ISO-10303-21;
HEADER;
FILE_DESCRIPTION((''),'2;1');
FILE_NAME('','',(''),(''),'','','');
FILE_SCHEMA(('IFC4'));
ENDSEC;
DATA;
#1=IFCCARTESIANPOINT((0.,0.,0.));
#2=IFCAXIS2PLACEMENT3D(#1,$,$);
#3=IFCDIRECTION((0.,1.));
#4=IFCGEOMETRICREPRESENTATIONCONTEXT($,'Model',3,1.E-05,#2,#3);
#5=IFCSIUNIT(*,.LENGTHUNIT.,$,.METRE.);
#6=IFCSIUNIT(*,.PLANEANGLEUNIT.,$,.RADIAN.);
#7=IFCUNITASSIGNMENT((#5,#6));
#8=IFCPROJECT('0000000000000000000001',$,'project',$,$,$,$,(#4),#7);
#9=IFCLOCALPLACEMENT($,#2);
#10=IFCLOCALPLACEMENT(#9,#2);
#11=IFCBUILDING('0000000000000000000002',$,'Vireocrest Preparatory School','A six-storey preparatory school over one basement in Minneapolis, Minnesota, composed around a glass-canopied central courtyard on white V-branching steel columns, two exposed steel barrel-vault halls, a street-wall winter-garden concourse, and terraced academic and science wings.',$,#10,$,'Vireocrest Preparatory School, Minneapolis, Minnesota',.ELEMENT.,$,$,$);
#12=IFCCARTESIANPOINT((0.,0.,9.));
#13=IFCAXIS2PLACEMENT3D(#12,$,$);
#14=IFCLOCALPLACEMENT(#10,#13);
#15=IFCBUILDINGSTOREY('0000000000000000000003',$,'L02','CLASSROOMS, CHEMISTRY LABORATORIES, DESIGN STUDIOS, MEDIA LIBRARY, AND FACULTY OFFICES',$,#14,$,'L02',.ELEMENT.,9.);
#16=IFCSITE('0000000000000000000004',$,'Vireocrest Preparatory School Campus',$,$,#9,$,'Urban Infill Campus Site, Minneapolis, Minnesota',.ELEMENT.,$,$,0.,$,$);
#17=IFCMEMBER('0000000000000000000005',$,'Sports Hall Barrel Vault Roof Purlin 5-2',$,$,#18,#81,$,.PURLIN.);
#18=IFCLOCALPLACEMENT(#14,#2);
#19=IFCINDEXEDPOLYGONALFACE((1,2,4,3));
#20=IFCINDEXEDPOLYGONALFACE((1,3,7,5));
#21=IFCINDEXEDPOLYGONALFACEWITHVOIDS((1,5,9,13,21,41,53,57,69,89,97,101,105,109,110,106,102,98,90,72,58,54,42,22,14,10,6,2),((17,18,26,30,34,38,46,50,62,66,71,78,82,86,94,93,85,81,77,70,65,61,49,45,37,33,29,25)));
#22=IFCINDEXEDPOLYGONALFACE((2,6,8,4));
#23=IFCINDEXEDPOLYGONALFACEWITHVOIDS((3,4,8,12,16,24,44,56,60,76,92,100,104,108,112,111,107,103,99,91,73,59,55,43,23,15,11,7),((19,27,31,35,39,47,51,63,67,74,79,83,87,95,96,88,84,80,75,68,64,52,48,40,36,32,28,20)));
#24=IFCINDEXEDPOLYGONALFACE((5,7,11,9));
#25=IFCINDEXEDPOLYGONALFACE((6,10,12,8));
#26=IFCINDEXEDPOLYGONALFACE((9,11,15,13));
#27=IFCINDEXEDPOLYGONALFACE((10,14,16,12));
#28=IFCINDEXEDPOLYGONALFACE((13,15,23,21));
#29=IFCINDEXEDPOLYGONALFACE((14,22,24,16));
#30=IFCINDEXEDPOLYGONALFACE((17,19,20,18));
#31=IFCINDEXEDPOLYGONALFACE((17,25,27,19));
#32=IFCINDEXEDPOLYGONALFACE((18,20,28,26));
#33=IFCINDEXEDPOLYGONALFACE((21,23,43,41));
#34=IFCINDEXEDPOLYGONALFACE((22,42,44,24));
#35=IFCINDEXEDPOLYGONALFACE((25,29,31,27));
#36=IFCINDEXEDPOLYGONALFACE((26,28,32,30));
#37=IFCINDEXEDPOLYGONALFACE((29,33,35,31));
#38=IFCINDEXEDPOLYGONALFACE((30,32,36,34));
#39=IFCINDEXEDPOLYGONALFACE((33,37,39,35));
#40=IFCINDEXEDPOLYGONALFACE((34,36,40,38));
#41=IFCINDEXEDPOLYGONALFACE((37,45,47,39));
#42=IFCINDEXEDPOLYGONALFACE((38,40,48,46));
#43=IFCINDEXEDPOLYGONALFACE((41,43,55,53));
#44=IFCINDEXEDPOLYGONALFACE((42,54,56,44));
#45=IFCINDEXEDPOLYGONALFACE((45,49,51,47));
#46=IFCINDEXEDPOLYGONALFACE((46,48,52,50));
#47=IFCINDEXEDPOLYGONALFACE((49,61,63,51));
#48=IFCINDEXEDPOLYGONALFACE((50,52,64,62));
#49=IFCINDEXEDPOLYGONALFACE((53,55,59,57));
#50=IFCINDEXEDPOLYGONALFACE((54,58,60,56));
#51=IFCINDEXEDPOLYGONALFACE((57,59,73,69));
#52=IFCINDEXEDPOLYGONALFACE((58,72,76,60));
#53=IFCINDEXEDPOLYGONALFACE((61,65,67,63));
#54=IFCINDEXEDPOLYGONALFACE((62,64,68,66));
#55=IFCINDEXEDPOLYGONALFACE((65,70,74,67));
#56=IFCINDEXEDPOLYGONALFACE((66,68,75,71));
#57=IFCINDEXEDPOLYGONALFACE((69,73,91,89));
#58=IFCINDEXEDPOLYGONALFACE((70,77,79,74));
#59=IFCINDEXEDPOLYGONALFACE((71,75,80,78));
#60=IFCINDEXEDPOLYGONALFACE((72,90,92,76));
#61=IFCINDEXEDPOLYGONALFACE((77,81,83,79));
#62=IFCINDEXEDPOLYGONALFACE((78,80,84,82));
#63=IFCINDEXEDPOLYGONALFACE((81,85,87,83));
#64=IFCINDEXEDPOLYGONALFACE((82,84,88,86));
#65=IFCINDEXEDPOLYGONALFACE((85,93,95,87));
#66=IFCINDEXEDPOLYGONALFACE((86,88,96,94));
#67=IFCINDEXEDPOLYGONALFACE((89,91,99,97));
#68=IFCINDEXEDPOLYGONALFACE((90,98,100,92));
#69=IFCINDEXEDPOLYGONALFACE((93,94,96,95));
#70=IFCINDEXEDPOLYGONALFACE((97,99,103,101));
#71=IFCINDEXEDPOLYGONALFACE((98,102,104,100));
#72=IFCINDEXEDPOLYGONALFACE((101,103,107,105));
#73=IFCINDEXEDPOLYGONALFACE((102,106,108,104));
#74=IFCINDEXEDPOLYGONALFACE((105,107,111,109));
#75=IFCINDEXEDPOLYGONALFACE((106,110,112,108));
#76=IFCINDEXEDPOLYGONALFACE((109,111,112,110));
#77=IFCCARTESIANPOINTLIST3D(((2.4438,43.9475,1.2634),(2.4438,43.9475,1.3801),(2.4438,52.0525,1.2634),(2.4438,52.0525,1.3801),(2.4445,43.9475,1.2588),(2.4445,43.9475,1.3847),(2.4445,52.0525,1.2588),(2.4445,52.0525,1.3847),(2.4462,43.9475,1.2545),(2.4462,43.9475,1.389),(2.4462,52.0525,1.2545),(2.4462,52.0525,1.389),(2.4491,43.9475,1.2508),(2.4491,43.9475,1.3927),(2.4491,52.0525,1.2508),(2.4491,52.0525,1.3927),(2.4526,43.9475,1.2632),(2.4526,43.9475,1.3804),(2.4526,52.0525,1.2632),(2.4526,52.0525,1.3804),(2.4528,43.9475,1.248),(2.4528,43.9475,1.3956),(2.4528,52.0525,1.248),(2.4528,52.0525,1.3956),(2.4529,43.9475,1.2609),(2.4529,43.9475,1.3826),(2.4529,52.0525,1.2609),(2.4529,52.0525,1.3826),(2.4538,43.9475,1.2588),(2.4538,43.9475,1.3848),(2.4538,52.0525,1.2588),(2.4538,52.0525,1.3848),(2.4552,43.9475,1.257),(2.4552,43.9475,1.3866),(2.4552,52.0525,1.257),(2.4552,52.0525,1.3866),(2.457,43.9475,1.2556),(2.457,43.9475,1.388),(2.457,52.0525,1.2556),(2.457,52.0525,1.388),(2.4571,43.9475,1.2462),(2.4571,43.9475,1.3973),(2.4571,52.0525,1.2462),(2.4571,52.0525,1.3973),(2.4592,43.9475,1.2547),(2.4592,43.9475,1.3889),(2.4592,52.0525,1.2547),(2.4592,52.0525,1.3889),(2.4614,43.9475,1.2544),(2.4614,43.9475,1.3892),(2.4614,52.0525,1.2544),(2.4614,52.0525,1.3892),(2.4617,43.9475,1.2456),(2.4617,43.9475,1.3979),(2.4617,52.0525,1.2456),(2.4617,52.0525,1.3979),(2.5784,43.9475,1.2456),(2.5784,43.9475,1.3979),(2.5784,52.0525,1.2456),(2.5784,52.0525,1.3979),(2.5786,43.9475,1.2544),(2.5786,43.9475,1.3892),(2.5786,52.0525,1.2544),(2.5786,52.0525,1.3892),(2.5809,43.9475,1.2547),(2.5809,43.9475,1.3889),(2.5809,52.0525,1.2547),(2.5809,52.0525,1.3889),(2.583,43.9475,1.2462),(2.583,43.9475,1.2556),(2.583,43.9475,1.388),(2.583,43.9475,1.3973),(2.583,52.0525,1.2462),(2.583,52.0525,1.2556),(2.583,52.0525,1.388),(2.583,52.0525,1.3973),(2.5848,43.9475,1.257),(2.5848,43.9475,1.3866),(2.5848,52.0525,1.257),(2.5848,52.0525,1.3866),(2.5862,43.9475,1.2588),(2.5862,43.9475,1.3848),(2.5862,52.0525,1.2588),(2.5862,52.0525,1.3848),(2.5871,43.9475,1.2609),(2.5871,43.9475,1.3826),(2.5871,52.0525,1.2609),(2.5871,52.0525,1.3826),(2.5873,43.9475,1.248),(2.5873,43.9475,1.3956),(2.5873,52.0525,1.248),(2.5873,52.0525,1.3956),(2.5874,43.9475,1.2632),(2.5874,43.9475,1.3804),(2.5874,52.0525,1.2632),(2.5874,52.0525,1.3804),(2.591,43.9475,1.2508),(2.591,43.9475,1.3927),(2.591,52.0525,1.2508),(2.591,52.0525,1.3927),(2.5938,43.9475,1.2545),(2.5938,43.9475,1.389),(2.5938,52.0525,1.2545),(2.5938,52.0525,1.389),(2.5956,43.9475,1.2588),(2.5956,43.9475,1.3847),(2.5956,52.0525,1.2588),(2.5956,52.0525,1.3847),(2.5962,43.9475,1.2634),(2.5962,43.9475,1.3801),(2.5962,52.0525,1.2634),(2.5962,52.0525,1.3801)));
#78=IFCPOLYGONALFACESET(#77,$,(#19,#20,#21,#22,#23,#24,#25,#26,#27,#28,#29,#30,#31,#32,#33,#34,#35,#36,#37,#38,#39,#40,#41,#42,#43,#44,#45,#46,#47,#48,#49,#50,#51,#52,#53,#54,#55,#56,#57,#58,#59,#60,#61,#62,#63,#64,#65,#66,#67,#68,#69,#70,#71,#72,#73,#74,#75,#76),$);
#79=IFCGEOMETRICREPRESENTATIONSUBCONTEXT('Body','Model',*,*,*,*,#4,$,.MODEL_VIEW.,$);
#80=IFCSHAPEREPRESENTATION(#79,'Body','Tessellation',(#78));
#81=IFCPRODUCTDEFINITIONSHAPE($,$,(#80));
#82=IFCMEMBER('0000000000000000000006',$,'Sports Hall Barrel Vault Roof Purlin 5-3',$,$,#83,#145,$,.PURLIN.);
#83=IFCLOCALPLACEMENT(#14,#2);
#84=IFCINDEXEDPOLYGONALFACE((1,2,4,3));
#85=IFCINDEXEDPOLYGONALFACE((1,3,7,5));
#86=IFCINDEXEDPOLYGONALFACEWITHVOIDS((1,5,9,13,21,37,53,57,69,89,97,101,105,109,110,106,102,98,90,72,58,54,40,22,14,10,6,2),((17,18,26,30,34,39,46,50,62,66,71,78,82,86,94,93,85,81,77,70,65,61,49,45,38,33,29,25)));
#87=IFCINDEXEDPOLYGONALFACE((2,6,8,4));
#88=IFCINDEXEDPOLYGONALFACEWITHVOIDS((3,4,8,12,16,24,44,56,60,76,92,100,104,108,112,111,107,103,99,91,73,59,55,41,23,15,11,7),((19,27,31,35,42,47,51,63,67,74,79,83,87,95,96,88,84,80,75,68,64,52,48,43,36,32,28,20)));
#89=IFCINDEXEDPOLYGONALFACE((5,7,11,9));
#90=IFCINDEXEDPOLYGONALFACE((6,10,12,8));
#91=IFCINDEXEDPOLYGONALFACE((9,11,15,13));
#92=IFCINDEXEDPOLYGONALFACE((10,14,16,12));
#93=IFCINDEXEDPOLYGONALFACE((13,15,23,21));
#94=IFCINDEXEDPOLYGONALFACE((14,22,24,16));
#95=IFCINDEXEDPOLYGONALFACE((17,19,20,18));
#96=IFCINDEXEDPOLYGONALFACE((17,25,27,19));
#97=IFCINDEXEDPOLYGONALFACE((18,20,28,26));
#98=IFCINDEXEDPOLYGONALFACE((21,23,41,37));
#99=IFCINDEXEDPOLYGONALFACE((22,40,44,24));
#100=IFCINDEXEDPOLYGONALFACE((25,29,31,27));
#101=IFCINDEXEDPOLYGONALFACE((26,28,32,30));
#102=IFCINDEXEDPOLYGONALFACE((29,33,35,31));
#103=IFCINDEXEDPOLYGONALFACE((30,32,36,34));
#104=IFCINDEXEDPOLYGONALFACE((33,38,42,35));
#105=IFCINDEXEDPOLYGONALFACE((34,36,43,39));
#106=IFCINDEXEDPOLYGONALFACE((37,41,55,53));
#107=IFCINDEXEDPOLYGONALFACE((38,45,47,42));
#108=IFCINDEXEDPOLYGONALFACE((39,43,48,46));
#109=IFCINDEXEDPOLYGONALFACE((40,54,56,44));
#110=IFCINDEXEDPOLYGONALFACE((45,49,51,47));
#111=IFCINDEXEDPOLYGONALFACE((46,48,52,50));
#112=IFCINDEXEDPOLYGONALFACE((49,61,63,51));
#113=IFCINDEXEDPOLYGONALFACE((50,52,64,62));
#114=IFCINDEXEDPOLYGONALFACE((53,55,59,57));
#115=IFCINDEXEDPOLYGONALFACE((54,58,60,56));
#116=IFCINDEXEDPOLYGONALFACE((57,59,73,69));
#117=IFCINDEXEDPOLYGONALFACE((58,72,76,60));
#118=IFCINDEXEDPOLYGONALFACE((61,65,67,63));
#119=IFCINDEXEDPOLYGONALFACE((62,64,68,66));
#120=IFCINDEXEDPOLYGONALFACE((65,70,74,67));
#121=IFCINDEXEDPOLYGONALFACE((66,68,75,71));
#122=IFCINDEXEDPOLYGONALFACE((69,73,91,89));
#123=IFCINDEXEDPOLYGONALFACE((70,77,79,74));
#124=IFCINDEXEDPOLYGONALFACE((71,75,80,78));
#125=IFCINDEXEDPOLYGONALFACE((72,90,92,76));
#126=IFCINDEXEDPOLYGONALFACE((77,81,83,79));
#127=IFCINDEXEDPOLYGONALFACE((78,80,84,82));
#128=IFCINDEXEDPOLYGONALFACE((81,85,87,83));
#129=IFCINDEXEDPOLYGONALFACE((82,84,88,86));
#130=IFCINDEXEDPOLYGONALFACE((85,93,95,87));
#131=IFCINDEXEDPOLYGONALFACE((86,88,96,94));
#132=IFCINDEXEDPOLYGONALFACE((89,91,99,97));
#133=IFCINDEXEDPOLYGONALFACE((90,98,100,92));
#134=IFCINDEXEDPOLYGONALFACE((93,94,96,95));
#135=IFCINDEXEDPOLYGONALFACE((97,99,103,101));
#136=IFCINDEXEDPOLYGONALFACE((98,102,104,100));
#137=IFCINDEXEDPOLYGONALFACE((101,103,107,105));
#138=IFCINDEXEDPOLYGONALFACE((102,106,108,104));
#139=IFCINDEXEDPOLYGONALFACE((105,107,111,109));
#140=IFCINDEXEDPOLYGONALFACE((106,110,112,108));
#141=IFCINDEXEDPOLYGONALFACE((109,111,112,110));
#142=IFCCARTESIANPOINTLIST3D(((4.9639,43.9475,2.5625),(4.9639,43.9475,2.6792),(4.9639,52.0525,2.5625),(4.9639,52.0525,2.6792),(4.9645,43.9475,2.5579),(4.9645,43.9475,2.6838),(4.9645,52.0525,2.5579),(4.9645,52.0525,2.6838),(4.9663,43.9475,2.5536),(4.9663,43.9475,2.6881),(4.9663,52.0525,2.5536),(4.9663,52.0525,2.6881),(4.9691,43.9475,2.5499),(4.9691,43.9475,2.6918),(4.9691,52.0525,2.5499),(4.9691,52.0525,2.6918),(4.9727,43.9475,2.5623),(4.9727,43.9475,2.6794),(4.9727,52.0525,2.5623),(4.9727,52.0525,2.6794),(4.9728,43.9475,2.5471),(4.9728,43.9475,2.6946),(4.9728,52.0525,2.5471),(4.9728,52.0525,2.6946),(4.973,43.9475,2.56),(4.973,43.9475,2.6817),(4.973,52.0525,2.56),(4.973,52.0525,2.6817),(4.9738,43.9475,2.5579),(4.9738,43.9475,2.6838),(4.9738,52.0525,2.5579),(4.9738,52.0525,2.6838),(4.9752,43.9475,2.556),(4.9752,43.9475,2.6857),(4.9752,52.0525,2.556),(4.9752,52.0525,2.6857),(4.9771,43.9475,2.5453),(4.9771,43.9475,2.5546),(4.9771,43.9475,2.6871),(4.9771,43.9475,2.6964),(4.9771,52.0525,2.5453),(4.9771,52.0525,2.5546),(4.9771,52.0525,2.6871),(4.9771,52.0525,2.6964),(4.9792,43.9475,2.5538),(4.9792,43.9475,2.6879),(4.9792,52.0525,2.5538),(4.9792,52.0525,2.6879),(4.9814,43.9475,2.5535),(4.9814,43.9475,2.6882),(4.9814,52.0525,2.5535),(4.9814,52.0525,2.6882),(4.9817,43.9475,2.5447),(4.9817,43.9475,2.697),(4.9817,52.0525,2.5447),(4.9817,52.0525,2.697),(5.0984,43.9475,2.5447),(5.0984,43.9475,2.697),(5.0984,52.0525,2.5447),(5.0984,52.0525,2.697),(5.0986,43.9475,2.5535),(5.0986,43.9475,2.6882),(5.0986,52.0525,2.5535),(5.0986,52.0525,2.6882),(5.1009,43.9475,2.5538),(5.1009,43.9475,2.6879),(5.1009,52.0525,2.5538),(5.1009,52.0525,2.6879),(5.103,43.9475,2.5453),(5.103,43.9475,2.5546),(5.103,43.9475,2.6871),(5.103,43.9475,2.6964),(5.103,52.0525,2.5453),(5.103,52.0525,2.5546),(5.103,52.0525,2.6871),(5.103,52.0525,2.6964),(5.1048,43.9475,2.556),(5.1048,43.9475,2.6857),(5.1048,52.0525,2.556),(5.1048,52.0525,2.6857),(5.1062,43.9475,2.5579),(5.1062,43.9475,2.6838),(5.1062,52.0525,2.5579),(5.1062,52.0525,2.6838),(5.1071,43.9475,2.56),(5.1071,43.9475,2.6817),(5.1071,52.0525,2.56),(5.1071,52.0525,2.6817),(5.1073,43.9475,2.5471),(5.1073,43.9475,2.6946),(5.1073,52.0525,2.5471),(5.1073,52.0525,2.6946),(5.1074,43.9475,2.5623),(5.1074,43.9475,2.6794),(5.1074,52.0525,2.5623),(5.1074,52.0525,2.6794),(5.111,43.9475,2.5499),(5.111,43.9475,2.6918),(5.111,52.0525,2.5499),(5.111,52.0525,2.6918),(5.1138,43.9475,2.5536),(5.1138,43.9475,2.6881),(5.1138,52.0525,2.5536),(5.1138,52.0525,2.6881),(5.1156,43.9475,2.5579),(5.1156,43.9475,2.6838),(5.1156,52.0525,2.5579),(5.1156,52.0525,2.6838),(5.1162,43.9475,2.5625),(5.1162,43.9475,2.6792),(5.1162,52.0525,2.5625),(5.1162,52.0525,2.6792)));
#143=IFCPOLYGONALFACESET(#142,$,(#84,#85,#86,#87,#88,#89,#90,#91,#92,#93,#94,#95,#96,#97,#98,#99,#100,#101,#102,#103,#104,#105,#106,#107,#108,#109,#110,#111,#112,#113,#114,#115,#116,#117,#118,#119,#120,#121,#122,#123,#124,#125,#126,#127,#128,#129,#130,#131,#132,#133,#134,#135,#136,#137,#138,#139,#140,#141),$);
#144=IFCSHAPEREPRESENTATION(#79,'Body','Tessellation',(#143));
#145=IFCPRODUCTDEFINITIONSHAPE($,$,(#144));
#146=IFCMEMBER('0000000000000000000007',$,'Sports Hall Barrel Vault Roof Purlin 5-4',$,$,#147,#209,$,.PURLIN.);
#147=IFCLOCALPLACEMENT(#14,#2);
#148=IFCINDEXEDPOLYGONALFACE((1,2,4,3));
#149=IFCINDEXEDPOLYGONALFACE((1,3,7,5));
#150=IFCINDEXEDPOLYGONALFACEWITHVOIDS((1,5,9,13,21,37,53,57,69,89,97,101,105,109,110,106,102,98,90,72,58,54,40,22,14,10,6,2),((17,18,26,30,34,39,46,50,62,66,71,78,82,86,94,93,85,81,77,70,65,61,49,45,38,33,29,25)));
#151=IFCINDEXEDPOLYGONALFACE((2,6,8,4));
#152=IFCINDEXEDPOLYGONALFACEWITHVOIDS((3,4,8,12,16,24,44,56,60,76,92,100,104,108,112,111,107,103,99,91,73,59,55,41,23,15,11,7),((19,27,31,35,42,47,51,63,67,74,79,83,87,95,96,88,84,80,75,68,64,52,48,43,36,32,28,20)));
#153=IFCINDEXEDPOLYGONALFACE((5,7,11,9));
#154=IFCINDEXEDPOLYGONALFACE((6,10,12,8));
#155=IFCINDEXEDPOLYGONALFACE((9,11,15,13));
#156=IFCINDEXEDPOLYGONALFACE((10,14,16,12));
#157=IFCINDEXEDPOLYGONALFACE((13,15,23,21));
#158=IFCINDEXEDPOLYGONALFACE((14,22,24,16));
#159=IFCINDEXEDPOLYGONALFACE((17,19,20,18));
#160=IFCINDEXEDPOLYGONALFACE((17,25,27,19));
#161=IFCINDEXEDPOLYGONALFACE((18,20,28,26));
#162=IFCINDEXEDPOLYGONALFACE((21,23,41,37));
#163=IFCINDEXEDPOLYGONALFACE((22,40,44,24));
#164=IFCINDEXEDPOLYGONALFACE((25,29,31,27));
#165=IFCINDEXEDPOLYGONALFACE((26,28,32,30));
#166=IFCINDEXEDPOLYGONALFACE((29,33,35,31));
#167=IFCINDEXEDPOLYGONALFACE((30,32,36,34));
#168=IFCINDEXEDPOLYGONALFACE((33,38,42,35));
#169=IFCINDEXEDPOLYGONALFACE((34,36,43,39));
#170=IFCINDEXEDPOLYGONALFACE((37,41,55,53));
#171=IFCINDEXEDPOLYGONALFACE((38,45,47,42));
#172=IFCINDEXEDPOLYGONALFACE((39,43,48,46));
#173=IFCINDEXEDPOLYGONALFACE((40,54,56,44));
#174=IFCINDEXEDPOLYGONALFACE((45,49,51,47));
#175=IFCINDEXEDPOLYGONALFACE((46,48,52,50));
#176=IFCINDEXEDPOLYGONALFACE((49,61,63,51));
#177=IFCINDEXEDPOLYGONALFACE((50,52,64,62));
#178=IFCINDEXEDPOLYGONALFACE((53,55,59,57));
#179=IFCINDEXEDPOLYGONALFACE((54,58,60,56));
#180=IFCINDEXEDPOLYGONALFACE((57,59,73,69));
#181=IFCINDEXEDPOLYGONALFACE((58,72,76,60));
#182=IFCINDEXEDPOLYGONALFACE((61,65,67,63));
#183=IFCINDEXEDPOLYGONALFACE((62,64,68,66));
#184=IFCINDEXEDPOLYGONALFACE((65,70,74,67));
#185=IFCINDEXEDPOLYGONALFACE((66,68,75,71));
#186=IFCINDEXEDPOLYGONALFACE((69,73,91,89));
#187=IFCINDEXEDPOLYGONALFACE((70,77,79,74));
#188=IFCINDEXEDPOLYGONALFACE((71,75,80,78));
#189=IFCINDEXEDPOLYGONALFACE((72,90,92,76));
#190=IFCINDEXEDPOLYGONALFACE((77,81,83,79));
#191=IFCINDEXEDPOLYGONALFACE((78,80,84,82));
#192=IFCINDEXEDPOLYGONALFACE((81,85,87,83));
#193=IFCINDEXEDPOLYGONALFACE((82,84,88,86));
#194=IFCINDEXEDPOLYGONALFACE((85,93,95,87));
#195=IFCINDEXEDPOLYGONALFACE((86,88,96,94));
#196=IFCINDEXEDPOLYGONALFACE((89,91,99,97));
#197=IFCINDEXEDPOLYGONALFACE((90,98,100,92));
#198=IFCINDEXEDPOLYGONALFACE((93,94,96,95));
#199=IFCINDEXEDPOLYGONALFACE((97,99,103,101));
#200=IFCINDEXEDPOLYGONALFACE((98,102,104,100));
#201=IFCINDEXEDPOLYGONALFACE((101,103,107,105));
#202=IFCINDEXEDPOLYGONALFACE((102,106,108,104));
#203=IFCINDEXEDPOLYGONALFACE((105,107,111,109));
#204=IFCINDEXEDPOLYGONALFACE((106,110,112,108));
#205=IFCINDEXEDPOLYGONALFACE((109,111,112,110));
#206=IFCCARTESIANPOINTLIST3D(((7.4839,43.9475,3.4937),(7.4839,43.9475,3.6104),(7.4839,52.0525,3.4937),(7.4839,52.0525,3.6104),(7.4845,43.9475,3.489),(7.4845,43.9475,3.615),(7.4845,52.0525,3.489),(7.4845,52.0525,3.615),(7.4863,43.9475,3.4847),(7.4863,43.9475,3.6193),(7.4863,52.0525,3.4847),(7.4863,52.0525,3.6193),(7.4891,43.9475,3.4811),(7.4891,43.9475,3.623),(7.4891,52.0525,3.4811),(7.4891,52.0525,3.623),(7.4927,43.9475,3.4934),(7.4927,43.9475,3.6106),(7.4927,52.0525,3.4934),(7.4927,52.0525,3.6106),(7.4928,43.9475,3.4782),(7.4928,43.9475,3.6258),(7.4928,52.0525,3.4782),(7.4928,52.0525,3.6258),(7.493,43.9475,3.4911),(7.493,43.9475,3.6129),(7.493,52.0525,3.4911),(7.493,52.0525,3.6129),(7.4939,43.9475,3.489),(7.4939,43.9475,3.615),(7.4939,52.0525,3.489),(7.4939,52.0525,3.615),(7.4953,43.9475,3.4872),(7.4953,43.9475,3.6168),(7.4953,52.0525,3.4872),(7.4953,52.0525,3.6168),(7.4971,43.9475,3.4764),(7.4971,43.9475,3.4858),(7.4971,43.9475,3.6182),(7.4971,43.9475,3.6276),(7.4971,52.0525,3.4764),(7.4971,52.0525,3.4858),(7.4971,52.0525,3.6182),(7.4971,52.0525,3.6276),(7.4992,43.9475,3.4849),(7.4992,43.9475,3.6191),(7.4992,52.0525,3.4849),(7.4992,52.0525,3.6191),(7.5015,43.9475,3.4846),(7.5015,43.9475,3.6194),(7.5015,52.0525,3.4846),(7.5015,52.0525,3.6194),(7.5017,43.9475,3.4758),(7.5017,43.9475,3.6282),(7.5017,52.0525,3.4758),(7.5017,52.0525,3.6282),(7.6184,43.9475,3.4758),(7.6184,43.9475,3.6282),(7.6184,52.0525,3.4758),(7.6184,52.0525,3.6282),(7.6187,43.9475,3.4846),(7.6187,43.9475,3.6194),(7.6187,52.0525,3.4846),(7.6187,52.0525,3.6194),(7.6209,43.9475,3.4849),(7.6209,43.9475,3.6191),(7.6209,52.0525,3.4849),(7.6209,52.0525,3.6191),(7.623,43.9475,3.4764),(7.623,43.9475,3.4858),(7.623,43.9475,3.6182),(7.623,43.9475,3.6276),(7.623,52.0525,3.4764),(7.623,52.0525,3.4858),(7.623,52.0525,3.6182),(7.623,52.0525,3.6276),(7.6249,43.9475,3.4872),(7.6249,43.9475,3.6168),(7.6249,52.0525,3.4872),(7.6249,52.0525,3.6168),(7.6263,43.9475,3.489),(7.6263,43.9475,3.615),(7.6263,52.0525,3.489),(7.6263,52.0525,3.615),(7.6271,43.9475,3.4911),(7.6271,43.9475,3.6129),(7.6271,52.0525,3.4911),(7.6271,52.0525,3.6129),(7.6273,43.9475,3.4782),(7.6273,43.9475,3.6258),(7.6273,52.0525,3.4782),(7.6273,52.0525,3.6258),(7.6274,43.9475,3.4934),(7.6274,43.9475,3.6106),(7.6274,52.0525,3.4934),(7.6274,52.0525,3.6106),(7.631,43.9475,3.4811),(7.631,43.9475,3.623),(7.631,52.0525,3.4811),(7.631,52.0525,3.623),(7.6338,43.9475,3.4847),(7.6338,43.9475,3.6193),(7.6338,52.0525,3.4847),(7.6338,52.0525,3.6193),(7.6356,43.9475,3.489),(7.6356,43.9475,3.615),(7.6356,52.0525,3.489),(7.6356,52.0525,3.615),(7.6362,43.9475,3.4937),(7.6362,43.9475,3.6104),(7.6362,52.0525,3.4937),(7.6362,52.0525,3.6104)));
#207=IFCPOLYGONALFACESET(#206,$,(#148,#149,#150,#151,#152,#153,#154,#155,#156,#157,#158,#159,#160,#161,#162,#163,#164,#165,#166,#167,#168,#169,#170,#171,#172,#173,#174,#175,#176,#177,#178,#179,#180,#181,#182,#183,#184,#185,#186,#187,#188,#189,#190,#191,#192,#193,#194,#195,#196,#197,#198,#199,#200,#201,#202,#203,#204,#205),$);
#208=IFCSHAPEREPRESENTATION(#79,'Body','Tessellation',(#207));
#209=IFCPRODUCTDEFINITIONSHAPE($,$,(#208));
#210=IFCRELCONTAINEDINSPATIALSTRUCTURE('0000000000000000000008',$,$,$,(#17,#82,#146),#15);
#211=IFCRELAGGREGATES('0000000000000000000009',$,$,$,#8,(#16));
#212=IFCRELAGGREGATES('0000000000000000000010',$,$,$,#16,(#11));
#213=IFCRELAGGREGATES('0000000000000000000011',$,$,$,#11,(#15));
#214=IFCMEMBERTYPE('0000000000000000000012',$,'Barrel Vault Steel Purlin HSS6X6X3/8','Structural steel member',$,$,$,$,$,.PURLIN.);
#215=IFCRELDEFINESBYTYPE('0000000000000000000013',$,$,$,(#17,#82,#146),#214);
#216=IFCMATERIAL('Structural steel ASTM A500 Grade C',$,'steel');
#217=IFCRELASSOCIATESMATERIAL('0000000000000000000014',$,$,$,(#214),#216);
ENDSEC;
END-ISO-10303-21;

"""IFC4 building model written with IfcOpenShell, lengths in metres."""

from ifc_helpers import new_model, si_unit, direction, frame, origin, origin_2d, place, context, subcontext, project, spatial, hollow_rectangle, extrude, material, material_profile, profile_set, type_object, element, save


model = new_model("IFC4")

# Units and contexts
model_context = context("Model", 3, precision=1e-05, world=origin(), true_north=direction((0.0, 1.0)))
body_context = subcontext(model_context, "Body", "Model", "MODEL_VIEW")
ifc_project = project(units=[si_unit("LENGTHUNIT", "METRE"), si_unit("PLANEANGLEUNIT", "RADIAN")], contexts=[model_context])

# Site, building, storey
site_placement = place(None, origin())
site = spatial("IfcSite", under=ifc_project, at=site_placement, Name="Vireocrest Preparatory School Campus", LongName="Urban Infill Campus Site, Minneapolis, Minnesota", CompositionType="ELEMENT", RefElevation=0.0)
building_placement = place(site_placement, origin())
building = spatial("IfcBuilding", under=site, at=building_placement, Name="Vireocrest Preparatory School", Description="A six-storey preparatory school over one basement in Minneapolis, Minnesota, composed around a glass-canopied central courtyard on white V-branching steel columns, two exposed steel barrel-vault halls, a street-wall winter-garden concourse, and terraced academic and science wings.", LongName="Vireocrest Preparatory School, Minneapolis, Minnesota", CompositionType="ELEMENT")
storey_placement = place(building_placement, frame((0.0, 0.0, 9.0)))
storey = spatial("IfcBuildingStorey", under=building, at=storey_placement, Name="L02", Description="CLASSROOMS, CHEMISTRY LABORATORIES, DESIGN STUDIOS, MEDIA LIBRARY, AND FACULTY OFFICES", LongName="L02", CompositionType="ELEMENT", Elevation=9.0)

# Members
ifc_material_1 = material(Name="Structural steel ASTM A500 Grade C", Category="steel")
ifc_material_profile_1 = material_profile(ifc_material_1, hollow_rectangle(XDim=0.1523, YDim=0.1523, WallThickness=0.0088, InnerFilletRadius=0.0088, OuterFilletRadius=0.0178, at=origin_2d()), Name="HSS6X6X3/8")
ifc_profile_set_1 = profile_set([ifc_material_profile_1], Name="Structural steel ASTM A500 Grade C")
member_type_1 = type_object("IfcMemberType", Name="Barrel Vault Steel Purlin HSS6X6X3/8", Description="Structural steel member", PredefinedType="PURLIN", material=ifc_profile_set_1)
for number, where, z_axis, x_axis, name in (
    (1, (2.52, 43.9475, 1.3218), (0.0, 1.0, 0.0), (-1.0, 0.0, 0.0), "Sports Hall Barrel Vault Roof Purlin 5-2"),
    (2, (5.04, 43.9475, 2.6208), (0.0, 1.0, 0.0), (-1.0, 0.0, 0.0), "Sports Hall Barrel Vault Roof Purlin 5-3"),
    (3, (7.5601, 43.9475, 3.552), (0.0, 1.0, 0.0), (-1.0, 0.0, 0.0), "Sports Hall Barrel Vault Roof Purlin 5-4"),
):
    element("IfcMember", number, at=place(storey_placement, frame(where, z_axis=z_axis, x_axis=x_axis)), inside=storey, type_object=member_type_1, Name=name, PredefinedType="PURLIN", context=body_context, shape_type="SweptSolid", body=[
        extrude(hollow_rectangle(XDim=0.1523, YDim=0.1523, WallThickness=0.0088, InnerFilletRadius=0.0088, OuterFilletRadius=0.0178, at=origin_2d()), origin(), (0.0, 0.0, 1.0), 8.105),
    ])

save(model, "model.ifc")
